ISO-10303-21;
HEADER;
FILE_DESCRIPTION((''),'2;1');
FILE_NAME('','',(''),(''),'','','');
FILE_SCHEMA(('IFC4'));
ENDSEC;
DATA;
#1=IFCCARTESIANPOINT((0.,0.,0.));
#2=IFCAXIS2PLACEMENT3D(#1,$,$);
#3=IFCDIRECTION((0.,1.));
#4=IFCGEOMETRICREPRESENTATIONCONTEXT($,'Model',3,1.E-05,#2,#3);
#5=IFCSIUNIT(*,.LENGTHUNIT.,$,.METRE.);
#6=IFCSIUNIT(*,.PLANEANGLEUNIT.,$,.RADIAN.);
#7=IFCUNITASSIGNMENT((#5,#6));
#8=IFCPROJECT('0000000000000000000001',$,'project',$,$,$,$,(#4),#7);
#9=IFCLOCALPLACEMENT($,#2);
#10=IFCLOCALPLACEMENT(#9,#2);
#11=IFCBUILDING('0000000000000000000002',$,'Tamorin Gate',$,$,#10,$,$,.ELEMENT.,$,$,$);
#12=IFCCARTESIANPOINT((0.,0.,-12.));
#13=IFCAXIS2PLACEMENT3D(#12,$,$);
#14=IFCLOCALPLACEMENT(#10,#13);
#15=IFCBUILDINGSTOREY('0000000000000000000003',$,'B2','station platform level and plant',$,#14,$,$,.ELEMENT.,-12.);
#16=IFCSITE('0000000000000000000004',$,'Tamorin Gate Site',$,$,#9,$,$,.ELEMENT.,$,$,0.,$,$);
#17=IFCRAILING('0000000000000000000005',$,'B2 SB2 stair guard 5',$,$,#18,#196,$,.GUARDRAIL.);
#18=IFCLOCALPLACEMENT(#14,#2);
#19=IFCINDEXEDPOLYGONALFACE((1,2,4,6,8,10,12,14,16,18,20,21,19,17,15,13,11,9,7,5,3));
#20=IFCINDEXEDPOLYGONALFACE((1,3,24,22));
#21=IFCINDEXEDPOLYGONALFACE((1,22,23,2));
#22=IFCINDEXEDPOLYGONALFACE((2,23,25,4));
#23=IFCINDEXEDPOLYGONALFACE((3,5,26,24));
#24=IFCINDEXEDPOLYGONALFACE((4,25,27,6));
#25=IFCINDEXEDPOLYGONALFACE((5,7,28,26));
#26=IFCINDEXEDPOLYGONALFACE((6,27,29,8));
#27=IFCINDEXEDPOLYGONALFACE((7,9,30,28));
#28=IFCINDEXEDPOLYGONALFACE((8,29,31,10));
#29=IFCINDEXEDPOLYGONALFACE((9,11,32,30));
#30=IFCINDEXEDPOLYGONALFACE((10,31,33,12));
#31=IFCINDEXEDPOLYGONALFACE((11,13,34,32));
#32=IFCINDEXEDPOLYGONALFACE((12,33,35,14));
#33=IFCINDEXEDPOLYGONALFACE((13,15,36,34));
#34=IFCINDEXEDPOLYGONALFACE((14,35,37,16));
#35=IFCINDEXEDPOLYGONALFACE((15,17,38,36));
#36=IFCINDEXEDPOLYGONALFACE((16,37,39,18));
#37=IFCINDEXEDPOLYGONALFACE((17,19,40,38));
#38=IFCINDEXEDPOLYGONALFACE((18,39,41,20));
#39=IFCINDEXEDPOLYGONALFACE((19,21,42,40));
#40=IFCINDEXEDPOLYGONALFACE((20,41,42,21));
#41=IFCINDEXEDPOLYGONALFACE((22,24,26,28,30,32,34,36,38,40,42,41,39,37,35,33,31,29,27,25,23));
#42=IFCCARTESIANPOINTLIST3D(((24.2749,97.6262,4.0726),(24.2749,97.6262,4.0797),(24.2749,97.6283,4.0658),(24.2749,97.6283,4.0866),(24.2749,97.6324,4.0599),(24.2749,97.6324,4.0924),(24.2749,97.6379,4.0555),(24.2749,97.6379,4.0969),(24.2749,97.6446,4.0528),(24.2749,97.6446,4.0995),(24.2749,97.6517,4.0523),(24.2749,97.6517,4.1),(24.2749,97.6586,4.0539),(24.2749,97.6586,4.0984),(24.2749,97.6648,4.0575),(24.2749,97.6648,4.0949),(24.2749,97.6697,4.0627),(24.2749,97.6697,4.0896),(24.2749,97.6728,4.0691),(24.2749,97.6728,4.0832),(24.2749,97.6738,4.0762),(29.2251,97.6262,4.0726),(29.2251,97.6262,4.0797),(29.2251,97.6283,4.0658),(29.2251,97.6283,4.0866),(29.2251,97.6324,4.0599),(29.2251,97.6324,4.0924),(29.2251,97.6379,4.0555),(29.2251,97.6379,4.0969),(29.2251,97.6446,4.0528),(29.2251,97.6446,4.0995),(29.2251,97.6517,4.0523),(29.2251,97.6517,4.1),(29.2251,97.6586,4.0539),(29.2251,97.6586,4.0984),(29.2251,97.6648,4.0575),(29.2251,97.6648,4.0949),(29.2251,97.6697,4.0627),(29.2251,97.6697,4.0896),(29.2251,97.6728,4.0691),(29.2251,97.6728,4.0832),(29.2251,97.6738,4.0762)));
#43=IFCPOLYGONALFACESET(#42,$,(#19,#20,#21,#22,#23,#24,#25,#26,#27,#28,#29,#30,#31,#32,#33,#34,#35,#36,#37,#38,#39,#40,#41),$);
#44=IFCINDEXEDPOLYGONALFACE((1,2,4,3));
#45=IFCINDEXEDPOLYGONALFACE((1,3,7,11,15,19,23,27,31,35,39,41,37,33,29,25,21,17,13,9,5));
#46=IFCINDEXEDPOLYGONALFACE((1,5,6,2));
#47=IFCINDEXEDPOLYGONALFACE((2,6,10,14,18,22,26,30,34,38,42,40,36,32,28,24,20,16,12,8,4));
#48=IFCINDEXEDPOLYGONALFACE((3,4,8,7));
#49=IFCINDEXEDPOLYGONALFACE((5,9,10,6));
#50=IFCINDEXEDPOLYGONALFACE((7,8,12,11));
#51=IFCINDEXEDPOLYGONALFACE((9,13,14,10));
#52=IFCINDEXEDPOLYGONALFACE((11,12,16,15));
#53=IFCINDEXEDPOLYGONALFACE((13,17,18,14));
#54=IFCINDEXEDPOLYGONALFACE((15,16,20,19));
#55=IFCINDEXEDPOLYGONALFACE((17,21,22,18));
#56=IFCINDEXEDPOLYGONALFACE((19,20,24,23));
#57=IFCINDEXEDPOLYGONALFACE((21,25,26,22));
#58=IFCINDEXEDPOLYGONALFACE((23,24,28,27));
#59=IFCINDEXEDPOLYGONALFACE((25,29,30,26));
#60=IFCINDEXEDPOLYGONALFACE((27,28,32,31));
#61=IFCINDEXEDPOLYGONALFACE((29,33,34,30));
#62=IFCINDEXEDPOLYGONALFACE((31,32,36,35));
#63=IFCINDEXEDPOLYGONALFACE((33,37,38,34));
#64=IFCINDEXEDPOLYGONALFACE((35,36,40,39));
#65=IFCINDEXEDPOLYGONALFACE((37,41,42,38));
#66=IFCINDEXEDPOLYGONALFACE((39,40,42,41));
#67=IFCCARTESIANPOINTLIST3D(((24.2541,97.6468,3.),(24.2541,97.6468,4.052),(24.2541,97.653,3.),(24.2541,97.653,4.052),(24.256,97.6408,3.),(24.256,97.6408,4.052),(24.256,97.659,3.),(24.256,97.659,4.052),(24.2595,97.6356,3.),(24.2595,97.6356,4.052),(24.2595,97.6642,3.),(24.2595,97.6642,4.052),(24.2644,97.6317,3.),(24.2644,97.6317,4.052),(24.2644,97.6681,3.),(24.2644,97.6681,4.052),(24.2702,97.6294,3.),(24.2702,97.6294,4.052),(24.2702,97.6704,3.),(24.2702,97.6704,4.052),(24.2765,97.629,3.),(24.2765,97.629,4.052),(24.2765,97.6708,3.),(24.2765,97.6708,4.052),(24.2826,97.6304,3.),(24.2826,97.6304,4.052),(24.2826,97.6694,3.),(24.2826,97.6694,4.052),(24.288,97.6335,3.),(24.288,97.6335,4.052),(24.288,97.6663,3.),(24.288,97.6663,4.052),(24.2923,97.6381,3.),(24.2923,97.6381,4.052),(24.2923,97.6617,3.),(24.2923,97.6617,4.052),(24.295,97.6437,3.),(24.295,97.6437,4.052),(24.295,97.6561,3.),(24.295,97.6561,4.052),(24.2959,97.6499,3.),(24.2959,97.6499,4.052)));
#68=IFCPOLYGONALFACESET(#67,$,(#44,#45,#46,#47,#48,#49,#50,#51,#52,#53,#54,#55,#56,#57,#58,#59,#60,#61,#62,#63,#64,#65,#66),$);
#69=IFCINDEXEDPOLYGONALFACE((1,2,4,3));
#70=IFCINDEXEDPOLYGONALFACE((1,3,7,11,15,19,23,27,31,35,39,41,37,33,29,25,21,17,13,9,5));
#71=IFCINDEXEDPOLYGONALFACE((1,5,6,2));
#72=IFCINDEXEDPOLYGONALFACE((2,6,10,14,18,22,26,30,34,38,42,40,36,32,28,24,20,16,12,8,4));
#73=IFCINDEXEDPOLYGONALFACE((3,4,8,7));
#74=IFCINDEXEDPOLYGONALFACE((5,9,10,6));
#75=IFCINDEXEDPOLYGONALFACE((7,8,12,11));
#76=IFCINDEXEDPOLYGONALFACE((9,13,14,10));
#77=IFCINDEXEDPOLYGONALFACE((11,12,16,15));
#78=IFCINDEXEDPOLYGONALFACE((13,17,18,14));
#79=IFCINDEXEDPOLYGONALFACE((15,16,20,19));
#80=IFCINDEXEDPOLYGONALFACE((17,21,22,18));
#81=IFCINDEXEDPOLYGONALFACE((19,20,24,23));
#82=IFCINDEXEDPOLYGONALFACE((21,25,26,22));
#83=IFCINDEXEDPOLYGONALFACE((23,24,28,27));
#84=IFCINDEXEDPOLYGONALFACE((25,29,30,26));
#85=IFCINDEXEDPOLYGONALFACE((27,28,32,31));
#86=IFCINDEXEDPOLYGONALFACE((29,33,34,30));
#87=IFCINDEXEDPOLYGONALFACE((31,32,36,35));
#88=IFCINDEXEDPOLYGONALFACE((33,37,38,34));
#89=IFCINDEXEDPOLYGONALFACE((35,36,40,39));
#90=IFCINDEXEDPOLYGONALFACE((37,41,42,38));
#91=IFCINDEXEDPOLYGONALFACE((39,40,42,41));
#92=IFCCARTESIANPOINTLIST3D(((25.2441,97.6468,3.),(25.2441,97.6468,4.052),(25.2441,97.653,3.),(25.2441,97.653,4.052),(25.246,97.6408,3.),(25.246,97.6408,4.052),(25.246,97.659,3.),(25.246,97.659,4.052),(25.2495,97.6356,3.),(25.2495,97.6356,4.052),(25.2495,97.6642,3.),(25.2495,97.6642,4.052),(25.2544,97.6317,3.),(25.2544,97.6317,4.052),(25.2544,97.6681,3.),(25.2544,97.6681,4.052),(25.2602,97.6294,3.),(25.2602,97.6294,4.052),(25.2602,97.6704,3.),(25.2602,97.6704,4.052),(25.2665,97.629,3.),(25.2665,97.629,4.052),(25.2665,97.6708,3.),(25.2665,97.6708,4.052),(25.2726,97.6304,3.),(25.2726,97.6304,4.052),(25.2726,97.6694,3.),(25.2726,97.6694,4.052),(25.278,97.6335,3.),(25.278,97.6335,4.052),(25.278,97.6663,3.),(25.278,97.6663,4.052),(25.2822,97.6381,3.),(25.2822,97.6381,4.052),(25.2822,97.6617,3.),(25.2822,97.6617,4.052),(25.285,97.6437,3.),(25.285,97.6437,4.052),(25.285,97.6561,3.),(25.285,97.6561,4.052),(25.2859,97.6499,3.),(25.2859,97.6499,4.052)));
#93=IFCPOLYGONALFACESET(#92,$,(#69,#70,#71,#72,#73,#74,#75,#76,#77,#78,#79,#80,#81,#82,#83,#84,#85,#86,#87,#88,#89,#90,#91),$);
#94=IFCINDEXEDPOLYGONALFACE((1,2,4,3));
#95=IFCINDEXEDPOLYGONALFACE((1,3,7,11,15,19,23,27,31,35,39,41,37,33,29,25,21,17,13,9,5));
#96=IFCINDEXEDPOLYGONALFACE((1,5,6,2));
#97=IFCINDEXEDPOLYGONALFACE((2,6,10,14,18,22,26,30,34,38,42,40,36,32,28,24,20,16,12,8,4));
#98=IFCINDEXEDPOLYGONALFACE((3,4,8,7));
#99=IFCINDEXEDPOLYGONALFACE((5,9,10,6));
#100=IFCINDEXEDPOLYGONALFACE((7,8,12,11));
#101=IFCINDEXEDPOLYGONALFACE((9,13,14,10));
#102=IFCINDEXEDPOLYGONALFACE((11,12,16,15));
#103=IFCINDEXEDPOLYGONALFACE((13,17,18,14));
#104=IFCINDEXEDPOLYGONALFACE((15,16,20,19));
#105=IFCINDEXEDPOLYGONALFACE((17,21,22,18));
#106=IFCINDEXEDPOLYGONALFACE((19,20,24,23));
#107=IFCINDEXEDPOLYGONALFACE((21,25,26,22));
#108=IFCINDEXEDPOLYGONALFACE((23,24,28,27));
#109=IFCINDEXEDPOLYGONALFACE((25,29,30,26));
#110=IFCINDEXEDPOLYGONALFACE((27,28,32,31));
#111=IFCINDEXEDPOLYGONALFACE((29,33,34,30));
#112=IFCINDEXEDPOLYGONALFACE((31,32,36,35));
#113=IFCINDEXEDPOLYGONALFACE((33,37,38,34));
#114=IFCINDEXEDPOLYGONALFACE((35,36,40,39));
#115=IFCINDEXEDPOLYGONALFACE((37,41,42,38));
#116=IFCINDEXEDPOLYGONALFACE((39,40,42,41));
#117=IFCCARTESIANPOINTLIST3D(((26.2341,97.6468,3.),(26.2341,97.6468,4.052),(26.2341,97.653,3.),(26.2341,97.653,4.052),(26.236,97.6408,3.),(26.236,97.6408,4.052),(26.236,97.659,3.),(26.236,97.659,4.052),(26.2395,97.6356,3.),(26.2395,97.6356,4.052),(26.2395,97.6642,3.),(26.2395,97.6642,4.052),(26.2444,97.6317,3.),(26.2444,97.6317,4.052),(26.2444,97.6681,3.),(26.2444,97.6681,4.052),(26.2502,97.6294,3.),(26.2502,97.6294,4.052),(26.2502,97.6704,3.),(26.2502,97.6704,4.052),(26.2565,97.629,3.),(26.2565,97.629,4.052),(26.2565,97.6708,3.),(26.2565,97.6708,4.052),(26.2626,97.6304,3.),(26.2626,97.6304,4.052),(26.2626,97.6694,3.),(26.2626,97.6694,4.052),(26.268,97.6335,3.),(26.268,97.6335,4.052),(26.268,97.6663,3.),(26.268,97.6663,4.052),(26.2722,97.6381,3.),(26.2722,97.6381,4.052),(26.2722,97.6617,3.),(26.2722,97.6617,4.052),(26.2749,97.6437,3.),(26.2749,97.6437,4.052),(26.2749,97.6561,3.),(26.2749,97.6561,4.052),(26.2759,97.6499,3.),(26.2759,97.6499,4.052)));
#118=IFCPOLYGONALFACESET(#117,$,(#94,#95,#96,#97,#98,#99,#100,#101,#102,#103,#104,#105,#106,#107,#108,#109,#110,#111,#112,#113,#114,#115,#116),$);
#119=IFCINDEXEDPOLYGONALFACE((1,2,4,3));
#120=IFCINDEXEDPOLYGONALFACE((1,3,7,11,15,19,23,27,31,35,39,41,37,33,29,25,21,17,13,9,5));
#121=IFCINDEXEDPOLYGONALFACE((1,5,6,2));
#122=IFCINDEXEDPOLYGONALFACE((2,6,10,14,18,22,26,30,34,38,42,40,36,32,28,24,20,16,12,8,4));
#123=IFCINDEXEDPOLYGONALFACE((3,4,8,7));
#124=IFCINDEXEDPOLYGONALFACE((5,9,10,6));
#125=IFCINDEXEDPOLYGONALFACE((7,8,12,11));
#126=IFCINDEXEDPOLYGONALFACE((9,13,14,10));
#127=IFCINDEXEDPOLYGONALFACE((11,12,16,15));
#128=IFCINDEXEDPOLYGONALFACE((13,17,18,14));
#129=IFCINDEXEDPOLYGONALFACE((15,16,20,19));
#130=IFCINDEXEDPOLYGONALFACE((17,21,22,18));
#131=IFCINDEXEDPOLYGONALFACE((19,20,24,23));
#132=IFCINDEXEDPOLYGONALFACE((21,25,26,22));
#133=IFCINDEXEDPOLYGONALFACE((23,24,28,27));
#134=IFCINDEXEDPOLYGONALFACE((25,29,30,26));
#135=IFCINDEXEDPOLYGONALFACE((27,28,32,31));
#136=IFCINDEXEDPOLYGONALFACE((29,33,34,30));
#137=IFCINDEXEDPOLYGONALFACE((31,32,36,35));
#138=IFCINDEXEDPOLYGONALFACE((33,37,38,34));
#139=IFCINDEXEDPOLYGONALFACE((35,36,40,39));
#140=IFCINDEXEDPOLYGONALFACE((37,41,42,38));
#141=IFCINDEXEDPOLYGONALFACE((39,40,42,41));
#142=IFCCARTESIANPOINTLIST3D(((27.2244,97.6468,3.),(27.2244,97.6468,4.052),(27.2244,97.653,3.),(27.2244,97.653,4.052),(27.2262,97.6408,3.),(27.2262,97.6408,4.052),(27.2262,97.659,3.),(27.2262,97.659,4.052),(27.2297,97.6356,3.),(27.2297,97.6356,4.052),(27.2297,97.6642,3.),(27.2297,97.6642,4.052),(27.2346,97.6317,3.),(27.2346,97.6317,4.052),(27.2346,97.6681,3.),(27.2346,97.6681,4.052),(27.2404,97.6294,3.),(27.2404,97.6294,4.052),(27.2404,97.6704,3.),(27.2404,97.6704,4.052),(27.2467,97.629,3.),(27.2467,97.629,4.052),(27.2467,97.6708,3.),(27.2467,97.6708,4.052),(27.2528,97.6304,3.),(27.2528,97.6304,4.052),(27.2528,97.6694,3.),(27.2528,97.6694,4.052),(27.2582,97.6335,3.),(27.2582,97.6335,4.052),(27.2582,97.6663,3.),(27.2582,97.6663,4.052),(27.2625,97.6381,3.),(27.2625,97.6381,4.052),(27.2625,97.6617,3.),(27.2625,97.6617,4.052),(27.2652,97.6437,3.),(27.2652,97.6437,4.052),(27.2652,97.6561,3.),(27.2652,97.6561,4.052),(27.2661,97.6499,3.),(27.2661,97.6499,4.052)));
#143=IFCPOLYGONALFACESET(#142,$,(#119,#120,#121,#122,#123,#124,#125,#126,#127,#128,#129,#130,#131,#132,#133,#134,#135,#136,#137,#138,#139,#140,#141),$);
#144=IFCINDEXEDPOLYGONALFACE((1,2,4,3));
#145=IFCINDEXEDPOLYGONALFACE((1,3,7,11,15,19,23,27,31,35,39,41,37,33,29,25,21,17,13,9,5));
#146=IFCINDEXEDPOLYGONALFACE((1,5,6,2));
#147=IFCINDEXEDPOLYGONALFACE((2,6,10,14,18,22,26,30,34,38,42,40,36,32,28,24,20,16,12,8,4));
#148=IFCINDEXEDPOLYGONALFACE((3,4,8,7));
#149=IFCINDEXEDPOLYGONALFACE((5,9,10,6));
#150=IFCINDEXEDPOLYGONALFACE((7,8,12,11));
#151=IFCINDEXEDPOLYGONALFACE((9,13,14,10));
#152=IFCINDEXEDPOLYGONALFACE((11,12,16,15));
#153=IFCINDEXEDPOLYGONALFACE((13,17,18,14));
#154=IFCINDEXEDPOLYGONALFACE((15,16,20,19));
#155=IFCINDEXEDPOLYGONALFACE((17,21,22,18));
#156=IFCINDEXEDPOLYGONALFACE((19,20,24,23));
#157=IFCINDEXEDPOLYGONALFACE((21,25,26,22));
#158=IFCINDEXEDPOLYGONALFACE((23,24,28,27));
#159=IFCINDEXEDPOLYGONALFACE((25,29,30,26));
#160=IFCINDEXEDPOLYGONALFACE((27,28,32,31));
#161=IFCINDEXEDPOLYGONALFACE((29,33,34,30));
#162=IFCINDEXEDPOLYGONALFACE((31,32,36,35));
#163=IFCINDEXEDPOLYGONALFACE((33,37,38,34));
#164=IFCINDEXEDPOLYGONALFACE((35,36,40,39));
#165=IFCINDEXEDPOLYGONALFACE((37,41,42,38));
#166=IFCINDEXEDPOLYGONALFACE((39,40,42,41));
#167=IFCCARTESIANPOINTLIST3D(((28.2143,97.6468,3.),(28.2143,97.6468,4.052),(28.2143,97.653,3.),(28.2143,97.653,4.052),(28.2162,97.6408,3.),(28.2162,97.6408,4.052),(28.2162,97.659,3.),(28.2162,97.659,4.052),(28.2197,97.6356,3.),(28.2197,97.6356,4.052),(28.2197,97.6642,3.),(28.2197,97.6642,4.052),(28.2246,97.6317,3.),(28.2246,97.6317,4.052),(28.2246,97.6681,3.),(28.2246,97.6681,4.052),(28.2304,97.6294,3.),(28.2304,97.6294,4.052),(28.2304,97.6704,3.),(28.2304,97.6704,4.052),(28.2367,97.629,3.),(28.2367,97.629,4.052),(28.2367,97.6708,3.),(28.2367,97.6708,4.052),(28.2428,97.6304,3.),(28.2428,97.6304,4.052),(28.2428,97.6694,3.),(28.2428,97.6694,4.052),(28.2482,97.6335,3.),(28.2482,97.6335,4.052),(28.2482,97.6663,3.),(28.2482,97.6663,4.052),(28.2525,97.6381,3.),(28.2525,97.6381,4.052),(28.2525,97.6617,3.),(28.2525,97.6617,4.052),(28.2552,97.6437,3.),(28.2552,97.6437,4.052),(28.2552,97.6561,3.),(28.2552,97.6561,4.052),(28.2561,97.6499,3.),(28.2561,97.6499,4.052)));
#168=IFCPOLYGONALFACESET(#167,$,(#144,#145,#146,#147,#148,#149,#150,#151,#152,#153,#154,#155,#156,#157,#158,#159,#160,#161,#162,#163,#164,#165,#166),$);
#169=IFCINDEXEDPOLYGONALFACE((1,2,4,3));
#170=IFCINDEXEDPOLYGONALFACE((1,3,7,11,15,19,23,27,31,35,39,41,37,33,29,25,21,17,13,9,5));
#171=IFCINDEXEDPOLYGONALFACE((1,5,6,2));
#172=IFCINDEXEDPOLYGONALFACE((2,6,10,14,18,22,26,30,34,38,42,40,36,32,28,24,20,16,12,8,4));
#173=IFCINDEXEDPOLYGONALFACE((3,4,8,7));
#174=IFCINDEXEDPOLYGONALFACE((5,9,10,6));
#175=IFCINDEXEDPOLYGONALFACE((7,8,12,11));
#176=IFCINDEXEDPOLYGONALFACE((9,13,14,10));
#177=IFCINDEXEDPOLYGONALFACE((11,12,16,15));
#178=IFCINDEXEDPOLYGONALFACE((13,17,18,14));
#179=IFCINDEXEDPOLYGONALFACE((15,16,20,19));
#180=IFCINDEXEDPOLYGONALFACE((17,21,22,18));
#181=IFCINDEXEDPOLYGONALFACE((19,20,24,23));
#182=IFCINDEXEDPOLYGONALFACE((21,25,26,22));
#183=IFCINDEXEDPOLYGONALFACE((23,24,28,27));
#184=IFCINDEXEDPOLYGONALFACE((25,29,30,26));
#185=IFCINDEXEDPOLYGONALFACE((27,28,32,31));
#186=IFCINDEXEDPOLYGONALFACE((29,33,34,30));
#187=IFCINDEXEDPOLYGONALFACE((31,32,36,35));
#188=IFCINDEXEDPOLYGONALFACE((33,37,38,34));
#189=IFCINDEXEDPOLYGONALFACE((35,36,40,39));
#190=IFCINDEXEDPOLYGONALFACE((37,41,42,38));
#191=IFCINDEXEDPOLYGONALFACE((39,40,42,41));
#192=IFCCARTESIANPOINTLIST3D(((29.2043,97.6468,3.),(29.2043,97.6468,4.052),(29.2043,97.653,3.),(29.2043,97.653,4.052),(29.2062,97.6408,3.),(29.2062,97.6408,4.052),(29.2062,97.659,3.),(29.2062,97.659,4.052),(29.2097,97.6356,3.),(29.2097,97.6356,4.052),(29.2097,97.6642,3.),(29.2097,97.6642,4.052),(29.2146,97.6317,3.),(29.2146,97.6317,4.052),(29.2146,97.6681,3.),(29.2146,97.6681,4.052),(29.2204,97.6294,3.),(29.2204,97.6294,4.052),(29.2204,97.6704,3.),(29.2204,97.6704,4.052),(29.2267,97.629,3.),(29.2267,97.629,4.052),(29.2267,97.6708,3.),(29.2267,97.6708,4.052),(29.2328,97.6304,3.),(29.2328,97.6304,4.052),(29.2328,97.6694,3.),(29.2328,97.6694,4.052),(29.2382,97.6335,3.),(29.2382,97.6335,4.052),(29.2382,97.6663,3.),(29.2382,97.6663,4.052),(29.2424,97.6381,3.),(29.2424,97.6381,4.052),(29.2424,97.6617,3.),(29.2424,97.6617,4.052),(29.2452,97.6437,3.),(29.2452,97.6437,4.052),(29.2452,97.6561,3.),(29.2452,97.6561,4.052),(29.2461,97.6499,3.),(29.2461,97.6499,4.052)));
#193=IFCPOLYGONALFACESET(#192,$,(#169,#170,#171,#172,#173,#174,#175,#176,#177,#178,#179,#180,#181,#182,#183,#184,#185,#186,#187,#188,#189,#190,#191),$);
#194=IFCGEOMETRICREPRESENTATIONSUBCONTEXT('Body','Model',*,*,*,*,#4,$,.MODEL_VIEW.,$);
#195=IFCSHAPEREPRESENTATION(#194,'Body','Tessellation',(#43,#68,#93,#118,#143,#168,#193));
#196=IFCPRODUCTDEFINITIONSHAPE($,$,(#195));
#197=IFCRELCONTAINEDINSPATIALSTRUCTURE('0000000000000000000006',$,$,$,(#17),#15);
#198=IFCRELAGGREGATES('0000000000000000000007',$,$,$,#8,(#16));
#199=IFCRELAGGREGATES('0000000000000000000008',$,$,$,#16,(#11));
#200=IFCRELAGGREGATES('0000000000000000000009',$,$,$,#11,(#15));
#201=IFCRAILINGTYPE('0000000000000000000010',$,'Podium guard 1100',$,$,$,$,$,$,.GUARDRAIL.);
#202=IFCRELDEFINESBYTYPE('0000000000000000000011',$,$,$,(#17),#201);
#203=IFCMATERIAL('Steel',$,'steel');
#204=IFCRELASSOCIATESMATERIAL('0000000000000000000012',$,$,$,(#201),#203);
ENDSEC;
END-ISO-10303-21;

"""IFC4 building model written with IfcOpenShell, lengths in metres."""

from ifc_helpers import new_model, si_unit, direction, frame, origin, origin_2d, place, context, subcontext, project, spatial, circle, extrude, material, type_object, element, save


model = new_model("IFC4")

# Units and contexts
model_context = context("Model", 3, precision=1e-05, world=origin(), true_north=direction((0.0, 1.0)))
body_context = subcontext(model_context, "Body", "Model", "MODEL_VIEW")
ifc_project = project(units=[si_unit("LENGTHUNIT", "METRE"), si_unit("PLANEANGLEUNIT", "RADIAN")], contexts=[model_context])

# Site, building, storey
site_placement = place(None, origin())
site = spatial("IfcSite", under=ifc_project, at=site_placement, Name="Tamorin Gate Site", CompositionType="ELEMENT", RefElevation=0.0)
building_placement = place(site_placement, origin())
building = spatial("IfcBuilding", under=site, at=building_placement, Name="Tamorin Gate", CompositionType="ELEMENT")
storey_placement = place(building_placement, frame((0.0, 0.0, -12.0)))
storey = spatial("IfcBuildingStorey", under=building, at=storey_placement, Name="B2", Description="station platform level and plant", CompositionType="ELEMENT", Elevation=-12.0)

# Railing
ifc_material_1 = material(Name="Steel", Category="steel")
railing_type_1 = type_object("IfcRailingType", Name="Podium guard 1100", PredefinedType="GUARDRAIL", material=ifc_material_1)
railing_1_placement = place(storey_placement, frame((24.2749, 97.6499, 3.0)))
element("IfcRailing", 1, at=railing_1_placement, inside=storey, type_object=railing_type_1, Name="B2 SB2 stair guard 5", PredefinedType="GUARDRAIL", context=body_context, shape_type="SweptSolid", body=[
    extrude(circle(Radius=0.0239, at=origin_2d()), frame((0.0, 0.0, 1.0762), z_axis=(1.0, 0.0, 0.0), x_axis=(0.0, 1.0, 0.0)), (0.0, 0.0, 1.0), 4.9502),
    extrude(circle(Radius=0.021, at=origin_2d()), origin(), (0.0, 0.0, 1.0), 1.052),
    extrude(circle(Radius=0.021, at=origin_2d()), frame((0.99, 0.0, 0.0)), (0.0, 0.0, 1.0), 1.052),
    extrude(circle(Radius=0.021, at=origin_2d()), frame((1.98, 0.0, 0.0)), (0.0, 0.0, 1.0), 1.052),
    extrude(circle(Radius=0.021, at=origin_2d()), frame((2.9702, 0.0, 0.0)), (0.0, 0.0, 1.0), 1.052),
    extrude(circle(Radius=0.021, at=origin_2d()), frame((3.9602, 0.0, 0.0)), (0.0, 0.0, 1.0), 1.052),
    extrude(circle(Radius=0.021, at=origin_2d()), frame((4.9502, 0.0, 0.0)), (0.0, 0.0, 1.0), 1.052),
])

save(model, "model.ifc")
